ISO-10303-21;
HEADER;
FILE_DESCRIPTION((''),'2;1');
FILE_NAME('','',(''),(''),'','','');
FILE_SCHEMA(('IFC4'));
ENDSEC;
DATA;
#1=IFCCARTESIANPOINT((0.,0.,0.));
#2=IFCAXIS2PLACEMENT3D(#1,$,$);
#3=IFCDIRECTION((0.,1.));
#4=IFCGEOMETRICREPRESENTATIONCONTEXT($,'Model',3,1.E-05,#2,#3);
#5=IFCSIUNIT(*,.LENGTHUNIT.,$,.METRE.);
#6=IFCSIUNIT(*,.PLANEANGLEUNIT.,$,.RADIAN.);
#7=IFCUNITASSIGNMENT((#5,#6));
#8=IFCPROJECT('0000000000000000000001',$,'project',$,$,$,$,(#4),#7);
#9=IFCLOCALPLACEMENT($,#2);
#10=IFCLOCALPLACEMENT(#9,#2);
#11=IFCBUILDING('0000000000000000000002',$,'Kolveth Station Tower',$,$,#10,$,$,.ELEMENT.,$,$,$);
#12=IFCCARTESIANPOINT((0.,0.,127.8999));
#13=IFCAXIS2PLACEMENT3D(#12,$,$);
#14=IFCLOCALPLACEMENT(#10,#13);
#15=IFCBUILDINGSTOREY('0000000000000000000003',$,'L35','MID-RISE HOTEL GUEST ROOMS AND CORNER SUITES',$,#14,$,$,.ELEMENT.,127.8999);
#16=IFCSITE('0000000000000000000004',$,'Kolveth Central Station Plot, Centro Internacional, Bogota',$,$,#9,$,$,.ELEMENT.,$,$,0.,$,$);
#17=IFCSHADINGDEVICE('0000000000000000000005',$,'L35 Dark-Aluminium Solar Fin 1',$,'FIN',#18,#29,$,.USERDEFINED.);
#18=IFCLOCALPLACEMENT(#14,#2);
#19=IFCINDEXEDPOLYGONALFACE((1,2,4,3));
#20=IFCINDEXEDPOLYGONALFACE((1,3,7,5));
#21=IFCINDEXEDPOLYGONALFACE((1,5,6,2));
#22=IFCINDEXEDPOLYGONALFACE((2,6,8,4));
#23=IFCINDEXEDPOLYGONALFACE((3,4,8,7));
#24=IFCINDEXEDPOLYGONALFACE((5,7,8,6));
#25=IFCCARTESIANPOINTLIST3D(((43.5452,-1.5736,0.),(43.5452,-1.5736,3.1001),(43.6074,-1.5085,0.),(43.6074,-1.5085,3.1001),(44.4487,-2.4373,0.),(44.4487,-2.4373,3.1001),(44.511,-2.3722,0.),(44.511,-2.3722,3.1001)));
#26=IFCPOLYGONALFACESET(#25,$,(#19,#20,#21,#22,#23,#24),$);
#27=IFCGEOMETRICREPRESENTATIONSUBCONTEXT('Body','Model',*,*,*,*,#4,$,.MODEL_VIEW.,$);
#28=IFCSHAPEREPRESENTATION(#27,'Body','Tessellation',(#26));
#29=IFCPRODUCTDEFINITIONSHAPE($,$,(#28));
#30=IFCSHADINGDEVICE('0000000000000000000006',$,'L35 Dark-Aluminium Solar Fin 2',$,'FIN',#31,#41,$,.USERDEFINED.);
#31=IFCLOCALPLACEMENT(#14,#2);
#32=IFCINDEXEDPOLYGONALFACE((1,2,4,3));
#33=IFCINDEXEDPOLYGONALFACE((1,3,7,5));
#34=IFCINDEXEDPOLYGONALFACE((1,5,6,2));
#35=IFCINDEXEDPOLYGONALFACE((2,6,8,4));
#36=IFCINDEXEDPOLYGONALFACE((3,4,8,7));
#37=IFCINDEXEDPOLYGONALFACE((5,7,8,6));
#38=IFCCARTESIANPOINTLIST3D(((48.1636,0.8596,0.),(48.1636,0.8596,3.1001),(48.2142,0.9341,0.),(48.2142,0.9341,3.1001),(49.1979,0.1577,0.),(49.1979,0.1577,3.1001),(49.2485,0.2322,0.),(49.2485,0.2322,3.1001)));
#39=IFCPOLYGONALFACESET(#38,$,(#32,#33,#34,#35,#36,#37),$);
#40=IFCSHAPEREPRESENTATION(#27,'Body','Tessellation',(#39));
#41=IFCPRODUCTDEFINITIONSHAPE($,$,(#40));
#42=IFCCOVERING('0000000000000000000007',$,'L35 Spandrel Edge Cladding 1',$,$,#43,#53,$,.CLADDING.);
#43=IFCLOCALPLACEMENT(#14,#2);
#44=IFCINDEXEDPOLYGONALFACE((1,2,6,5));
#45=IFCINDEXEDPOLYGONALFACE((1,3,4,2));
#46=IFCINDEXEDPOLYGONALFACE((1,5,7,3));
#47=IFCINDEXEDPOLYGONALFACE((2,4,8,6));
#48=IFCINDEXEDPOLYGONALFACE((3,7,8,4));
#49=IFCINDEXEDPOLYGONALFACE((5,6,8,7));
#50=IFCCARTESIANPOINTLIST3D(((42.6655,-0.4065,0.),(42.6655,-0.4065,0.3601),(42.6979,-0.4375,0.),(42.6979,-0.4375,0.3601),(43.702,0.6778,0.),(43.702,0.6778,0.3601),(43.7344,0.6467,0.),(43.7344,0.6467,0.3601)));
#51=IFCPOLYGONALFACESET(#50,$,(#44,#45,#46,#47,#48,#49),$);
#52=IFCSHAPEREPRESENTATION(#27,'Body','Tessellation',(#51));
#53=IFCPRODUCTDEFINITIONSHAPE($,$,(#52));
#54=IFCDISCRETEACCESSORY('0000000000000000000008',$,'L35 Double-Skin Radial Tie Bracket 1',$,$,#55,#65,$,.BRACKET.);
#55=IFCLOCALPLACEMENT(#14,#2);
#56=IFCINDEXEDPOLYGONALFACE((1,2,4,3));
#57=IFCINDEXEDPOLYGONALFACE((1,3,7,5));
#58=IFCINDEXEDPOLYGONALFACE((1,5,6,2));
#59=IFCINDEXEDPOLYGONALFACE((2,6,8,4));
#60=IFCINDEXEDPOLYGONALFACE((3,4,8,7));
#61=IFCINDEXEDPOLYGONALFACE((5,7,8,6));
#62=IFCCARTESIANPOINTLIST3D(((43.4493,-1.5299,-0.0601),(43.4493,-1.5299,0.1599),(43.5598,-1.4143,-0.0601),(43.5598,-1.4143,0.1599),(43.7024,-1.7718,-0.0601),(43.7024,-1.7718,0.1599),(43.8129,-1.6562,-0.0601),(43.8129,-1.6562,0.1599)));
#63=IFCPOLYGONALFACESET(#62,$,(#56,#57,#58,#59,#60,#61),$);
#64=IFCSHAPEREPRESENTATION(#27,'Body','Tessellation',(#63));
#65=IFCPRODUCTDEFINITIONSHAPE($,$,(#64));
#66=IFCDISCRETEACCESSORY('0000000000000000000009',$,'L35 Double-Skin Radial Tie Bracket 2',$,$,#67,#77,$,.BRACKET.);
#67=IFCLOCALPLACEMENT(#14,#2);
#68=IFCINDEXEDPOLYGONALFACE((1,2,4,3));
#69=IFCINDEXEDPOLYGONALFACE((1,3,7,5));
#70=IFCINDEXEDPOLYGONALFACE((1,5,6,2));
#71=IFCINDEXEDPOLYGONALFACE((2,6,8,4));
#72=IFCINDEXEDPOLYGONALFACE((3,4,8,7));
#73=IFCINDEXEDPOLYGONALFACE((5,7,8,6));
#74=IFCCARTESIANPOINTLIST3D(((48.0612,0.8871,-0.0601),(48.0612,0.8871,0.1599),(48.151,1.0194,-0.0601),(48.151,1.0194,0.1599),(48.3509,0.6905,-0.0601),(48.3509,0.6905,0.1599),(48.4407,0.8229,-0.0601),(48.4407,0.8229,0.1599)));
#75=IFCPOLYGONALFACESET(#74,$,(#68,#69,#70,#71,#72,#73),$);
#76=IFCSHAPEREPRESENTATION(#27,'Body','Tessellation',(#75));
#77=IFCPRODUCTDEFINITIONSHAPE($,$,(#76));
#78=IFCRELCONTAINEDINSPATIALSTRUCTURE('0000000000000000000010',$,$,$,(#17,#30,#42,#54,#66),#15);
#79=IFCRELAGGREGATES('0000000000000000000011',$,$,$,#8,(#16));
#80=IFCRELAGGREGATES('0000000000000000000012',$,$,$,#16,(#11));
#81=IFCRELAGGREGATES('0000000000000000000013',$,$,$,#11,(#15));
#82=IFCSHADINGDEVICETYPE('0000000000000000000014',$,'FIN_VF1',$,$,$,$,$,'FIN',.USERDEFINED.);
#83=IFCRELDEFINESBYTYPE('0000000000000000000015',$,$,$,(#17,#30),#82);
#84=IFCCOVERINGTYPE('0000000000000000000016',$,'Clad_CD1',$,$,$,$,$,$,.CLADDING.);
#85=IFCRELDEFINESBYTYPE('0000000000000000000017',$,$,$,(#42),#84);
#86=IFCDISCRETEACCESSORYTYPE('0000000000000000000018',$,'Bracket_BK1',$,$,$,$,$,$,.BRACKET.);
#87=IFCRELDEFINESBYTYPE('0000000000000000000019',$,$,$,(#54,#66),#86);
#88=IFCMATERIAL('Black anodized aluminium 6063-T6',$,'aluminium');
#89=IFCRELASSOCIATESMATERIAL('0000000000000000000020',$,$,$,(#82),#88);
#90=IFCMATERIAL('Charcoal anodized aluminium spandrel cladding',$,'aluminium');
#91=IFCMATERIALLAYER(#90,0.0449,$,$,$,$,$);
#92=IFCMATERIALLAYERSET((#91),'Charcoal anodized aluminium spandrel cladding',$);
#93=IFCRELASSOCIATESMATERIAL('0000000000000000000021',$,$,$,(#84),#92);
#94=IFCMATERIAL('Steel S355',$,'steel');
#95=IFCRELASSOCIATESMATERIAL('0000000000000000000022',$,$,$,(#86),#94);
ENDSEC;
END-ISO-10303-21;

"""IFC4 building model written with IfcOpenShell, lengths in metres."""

from ifc_helpers import new_model, si_unit, direction, frame, origin, origin_2d, place, context, subcontext, project, spatial, rectangle, extrude, source, transform, mapped, material, layer, layer_set, type_object, element, save


model = new_model("IFC4")

# Units and contexts
model_context = context("Model", 3, precision=1e-05, world=origin(), true_north=direction((0.0, 1.0)))
body_context = subcontext(model_context, "Body", "Model", "MODEL_VIEW")
ifc_project = project(units=[si_unit("LENGTHUNIT", "METRE"), si_unit("PLANEANGLEUNIT", "RADIAN")], contexts=[model_context])

# Site, building, storey
site_placement = place(None, origin())
site = spatial("IfcSite", under=ifc_project, at=site_placement, Name="Kolveth Central Station Plot, Centro Internacional, Bogota", CompositionType="ELEMENT", RefElevation=0.0)
building_placement = place(site_placement, origin())
building = spatial("IfcBuilding", under=site, at=building_placement, Name="Kolveth Station Tower", CompositionType="ELEMENT")
storey_placement = place(building_placement, frame((0.0, 0.0, 127.8999)))
storey = spatial("IfcBuildingStorey", under=building, at=storey_placement, Name="L35", Description="MID-RISE HOTEL GUEST ROOMS AND CORNER SUITES", CompositionType="ELEMENT", Elevation=127.8999)

# Shared definitions
ifc_material_1 = material(Name="Steel S355", Category="steel")

# Shared definitions
ifc_material_2 = material(Name="Black anodized aluminium 6063-T6", Category="aluminium")

# Shading devices
shading_device_type = type_object("IfcShadingDeviceType", Name="FIN_VF1", ElementType="FIN", PredefinedType="USERDEFINED", material=ifc_material_2)
shared_shape_1 = source(origin(), body_context, "Body", "SweptSolid", [
    extrude(rectangle(XDim=1.25, YDim=0.0901, at=origin_2d()), origin(), (0.0, 0.0, 1.0), 3.1001),
])
for number, where, z_axis, x_axis, name in (
    (1, (44.0281, -1.9729, 0.0), (0.0, 0.0, 1.0), (0.722847, -0.691009, 0.0), "L35 Dark-Aluminium Solar Fin 1"),
    (2, (48.7061, 0.5459, 0.0), (0.0, 0.0, 1.0), (0.827473, -0.561506, 0.0), "L35 Dark-Aluminium Solar Fin 2"),
):
    element("IfcShadingDevice", number, at=place(storey_placement, frame(where, z_axis=z_axis, x_axis=x_axis)), inside=storey, type_object=shading_device_type, Name=name, ObjectType="FIN", PredefinedType="USERDEFINED", context=body_context, shape_type="MappedRepresentation", body=[
        mapped(shared_shape_1, transform((0.0, 0.0, 0.0), x_axis=(1.0, 0.0, 0.0), y_axis=(0.0, 1.0, 0.0), z_axis=(0.0, 0.0, 1.0), scale=1.0)),
    ])

# Covering
ifc_material_3 = material(Name="Charcoal anodized aluminium spandrel cladding", Category="aluminium")
ifc_layer_1 = layer(ifc_material_3, 0.0449)
ifc_layer_set_1 = layer_set([ifc_layer_1], Name="Charcoal anodized aluminium spandrel cladding")
covering_type = type_object("IfcCoveringType", Name="Clad_CD1", PredefinedType="CLADDING", material=ifc_layer_set_1)
shared_shape_2 = source(origin(), body_context, "Body", "SweptSolid", [
    extrude(rectangle(XDim=1.5, YDim=0.0449, at=origin_2d()), origin(), (0.0, 0.0, 1.0), 0.3601),
])
covering_placement = place(storey_placement, frame((43.2, 0.1201, 0.0), z_axis=(0.0, 0.0, 1.0), x_axis=(0.691009, 0.722847, 0.0)))
element("IfcCovering", 3, at=covering_placement, inside=storey, type_object=covering_type, Name="L35 Spandrel Edge Cladding 1", PredefinedType="CLADDING", context=body_context, shape_type="MappedRepresentation", body=[
    mapped(shared_shape_2, transform((0.0, 0.0, 0.0), x_axis=(1.0, 0.0, 0.0), y_axis=(0.0, 1.0, 0.0), z_axis=(0.0, 0.0, 1.0), scale=1.0)),
])

# Discrete accessories
discrete_accessory_type = type_object("IfcDiscreteAccessoryType", Name="Bracket_BK1", PredefinedType="BRACKET", material=ifc_material_1)
shared_shape_3 = source(origin(), body_context, "Body", "SweptSolid", [
    extrude(rectangle(XDim=0.3501, YDim=0.1599, at=origin_2d()), origin(), (0.0, 0.0, 1.0), 0.22),
])
for number, where, z_axis, x_axis, name in (
    (4, (43.6311, -1.593, -0.0601), (0.0, 0.0, 1.0), (0.722847, -0.691009, 0.0), "L35 Double-Skin Radial Tie Bracket 1"),
    (5, (48.251, 0.855, -0.0601), (0.0, 0.0, 1.0), (0.827473, -0.561506, 0.0), "L35 Double-Skin Radial Tie Bracket 2"),
):
    element("IfcDiscreteAccessory", number, at=place(storey_placement, frame(where, z_axis=z_axis, x_axis=x_axis)), inside=storey, type_object=discrete_accessory_type, Name=name, PredefinedType="BRACKET", context=body_context, shape_type="MappedRepresentation", body=[
        mapped(shared_shape_3, transform((0.0, 0.0, 0.0), x_axis=(1.0, 0.0, 0.0), y_axis=(0.0, 1.0, 0.0), z_axis=(0.0, 0.0, 1.0), scale=1.0)),
    ])

save(model, "model.ifc")
